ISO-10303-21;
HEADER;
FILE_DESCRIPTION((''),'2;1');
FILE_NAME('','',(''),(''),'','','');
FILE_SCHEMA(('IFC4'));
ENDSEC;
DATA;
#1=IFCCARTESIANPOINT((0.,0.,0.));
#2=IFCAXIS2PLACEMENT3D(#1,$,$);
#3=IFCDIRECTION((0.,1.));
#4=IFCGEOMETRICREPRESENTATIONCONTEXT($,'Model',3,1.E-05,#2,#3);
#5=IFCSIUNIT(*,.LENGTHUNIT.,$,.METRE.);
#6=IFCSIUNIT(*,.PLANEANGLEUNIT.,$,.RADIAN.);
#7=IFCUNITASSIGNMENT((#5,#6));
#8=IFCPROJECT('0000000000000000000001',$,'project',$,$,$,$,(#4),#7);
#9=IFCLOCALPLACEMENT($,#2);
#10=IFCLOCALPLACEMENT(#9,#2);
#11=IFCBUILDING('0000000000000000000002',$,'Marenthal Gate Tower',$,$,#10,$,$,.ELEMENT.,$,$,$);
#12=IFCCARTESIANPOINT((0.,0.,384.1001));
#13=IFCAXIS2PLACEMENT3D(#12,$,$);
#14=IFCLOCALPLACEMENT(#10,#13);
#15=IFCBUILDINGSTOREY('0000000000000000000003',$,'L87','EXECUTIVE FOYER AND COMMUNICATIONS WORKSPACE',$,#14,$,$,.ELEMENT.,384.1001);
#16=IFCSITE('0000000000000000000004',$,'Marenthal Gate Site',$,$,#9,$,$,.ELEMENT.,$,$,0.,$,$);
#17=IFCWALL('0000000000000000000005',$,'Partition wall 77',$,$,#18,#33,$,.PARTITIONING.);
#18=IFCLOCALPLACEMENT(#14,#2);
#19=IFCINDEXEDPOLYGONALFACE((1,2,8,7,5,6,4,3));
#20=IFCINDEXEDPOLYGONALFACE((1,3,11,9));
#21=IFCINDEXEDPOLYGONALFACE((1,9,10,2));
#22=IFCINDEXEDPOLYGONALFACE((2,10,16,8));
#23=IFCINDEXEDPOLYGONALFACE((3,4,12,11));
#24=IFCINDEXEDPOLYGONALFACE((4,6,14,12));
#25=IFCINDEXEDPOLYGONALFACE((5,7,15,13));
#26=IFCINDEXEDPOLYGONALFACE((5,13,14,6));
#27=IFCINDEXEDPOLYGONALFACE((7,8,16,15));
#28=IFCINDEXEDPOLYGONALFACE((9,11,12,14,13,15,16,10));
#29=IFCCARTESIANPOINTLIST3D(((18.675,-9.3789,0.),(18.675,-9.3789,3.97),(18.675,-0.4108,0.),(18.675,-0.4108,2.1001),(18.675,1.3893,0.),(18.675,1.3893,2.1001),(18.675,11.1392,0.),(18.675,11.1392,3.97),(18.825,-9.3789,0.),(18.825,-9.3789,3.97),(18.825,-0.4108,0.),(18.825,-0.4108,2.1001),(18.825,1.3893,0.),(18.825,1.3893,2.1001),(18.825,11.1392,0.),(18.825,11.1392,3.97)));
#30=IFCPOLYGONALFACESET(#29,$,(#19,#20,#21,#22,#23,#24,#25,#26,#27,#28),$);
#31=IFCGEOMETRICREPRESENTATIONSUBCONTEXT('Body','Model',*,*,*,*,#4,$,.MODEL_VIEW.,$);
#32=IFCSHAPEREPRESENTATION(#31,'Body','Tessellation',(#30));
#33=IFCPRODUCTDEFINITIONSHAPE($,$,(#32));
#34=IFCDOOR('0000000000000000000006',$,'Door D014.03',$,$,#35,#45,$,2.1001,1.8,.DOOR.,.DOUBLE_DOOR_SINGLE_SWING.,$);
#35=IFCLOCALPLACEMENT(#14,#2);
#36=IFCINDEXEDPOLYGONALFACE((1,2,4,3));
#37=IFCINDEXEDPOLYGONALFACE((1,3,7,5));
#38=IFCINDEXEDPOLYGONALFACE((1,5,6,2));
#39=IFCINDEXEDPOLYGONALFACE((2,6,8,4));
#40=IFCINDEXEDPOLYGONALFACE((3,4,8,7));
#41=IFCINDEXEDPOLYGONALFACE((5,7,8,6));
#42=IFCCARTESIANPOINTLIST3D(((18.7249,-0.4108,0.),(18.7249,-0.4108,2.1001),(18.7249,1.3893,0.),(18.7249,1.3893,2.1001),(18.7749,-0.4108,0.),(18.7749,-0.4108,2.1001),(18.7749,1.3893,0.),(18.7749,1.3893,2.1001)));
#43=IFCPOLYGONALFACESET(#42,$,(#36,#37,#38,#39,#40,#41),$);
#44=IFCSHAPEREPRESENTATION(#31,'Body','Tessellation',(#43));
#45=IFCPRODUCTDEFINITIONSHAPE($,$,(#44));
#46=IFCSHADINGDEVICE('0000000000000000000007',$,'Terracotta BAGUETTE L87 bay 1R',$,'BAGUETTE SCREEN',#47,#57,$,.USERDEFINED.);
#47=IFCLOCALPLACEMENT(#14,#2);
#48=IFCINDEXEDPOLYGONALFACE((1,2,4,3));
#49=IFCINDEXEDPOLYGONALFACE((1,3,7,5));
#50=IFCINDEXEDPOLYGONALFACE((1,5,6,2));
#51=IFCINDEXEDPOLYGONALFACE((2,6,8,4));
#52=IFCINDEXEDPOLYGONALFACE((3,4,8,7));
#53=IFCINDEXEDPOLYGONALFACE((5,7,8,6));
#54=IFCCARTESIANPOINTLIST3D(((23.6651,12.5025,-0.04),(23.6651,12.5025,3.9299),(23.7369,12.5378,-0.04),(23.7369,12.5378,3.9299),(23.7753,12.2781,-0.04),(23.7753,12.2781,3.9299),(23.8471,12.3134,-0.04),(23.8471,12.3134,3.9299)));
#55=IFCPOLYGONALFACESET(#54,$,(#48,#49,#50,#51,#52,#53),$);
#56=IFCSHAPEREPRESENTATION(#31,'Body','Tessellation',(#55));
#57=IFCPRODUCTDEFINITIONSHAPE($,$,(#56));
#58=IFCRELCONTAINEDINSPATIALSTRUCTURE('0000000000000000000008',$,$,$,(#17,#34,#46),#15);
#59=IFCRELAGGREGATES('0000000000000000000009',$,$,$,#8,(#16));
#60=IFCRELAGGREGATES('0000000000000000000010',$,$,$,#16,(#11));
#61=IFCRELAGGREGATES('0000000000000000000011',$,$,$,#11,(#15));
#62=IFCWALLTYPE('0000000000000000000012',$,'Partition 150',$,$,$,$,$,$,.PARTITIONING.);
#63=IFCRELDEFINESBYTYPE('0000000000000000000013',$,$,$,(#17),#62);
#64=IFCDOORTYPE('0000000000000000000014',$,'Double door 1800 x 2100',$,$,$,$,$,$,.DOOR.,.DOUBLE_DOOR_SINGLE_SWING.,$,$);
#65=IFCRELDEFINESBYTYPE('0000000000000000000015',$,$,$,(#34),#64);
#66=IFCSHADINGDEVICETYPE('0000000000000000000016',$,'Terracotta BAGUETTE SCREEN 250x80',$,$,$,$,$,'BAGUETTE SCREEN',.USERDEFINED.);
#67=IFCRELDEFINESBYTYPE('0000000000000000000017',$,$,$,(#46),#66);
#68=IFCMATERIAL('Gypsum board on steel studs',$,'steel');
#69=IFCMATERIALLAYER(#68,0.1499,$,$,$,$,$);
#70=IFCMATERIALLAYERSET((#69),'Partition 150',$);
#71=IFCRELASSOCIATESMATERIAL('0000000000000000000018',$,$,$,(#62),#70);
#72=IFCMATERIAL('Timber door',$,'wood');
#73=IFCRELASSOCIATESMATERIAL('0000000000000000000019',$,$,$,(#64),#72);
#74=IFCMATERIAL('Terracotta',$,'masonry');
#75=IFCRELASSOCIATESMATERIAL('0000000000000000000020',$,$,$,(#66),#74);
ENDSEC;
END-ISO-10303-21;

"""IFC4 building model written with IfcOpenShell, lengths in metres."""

from ifc_helpers import new_model, si_unit, direction, frame, frame_2d, origin, origin_2d, place, context, subcontext, project, spatial, rectangle, extrude, material, layer, layer_set, material_profile, profile_set, type_object, element, fill, save


model = new_model("IFC4")

# Units and contexts
model_context = context("Model", 3, precision=1e-05, world=origin(), true_north=direction((0.0, 1.0)))
body_context = subcontext(model_context, "Body", "Model", "MODEL_VIEW")
ifc_project = project(units=[si_unit("LENGTHUNIT", "METRE"), si_unit("PLANEANGLEUNIT", "RADIAN")], contexts=[model_context])

# Site, building, storey
site_placement = place(None, origin())
site = spatial("IfcSite", under=ifc_project, at=site_placement, Name="Marenthal Gate Site", CompositionType="ELEMENT", RefElevation=0.0)
building_placement = place(site_placement, origin())
building = spatial("IfcBuilding", under=site, at=building_placement, Name="Marenthal Gate Tower", CompositionType="ELEMENT")
storey_placement = place(building_placement, frame((0.0, 0.0, 384.1001)))
storey = spatial("IfcBuildingStorey", under=building, at=storey_placement, Name="L87", Description="EXECUTIVE FOYER AND COMMUNICATIONS WORKSPACE", CompositionType="ELEMENT", Elevation=384.1001)

# Wall, opening, door
ifc_material_1 = material(Name="Gypsum board on steel studs", Category="steel")
ifc_layer_1 = layer(ifc_material_1, 0.1499)
ifc_layer_set_1 = layer_set([ifc_layer_1], Name="Partition 150")
wall_type_1 = type_object("IfcWallType", Name="Partition 150", PredefinedType="PARTITIONING", material=ifc_layer_set_1)
wall_1_placement = place(storey_placement, frame((18.75, 11.1392, 0.0), z_axis=(0.0, 0.0, 1.0), x_axis=(0.0, -1.0, 0.0)))
wall_1 = element("IfcWall", 1, at=wall_1_placement, inside=storey, type_object=wall_type_1, Name="Partition wall 77", PredefinedType="PARTITIONING", context=body_context, shape_type="SweptSolid", body=[
    extrude(rectangle(XDim=20.5181, YDim=0.1499, at=frame_2d((10.259, 0.0))), origin(), (0.0, 0.0, 1.0), 3.97),
])
opening_1_placement = place(wall_1_placement, frame((9.75, 0.0, 0.0)))
opening_1 = element("IfcOpeningElement", 2, at=opening_1_placement, cuts=wall_1, PredefinedType="OPENING", context=body_context, shape_type="SweptSolid", body=[
    extrude(rectangle(XDim=1.8, YDim=2.1001, at=frame_2d((0.8999, 1.05))), frame((0.0, 0.085, 0.0), z_axis=(0.0, -1.0, 0.0), x_axis=(1.0, 0.0, 0.0)), (0.0, 0.0, 1.0), 0.1699),
])
ifc_material_2 = material(Name="Timber door", Category="wood")
door_type_1 = type_object("IfcDoorType", Name="Double door 1800 x 2100", OperationType="DOUBLE_DOOR_SINGLE_SWING", PredefinedType="DOOR", material=ifc_material_2)
door_1_placement = place(opening_1_placement, origin())
door_1 = element("IfcDoor", 3, at=door_1_placement, inside=storey, type_object=door_type_1, Name="Door D014.03", OperationType="DOUBLE_DOOR_SINGLE_SWING", OverallHeight=2.1001, OverallWidth=1.8, PredefinedType="DOOR", context=body_context, shape_type="SweptSolid", body=[
    extrude(rectangle(XDim=1.8, YDim=2.1001, at=frame_2d((0.8999, 1.05))), frame((0.0, 0.0249, 0.0), z_axis=(0.0, -1.0, 0.0), x_axis=(1.0, 0.0, 0.0)), (0.0, 0.0, 1.0), 0.05),
])
fill(opening_1, door_1)

# Shading device
ifc_material_3 = material(Name="Terracotta", Category="masonry")
ifc_material_profile_1 = material_profile(ifc_material_3, rectangle(XDim=0.25, YDim=0.0801, at=origin_2d()), Name="Terracotta baguette 250x80")
ifc_profile_set_1 = profile_set([ifc_material_profile_1], Name="Terracotta")
shading_device_type = type_object("IfcShadingDeviceType", Name="Terracotta BAGUETTE SCREEN 250x80", ElementType="BAGUETTE SCREEN", PredefinedType="USERDEFINED", material=ifc_profile_set_1)
shading_device_placement = place(storey_placement, frame((23.7561, 12.408, -0.04), z_axis=(0.0, 0.0, 1.0), x_axis=(-0.44081, 0.8976, 0.0)))
element("IfcShadingDevice", 4, at=shading_device_placement, inside=storey, type_object=shading_device_type, Name="Terracotta BAGUETTE L87 bay 1R", ObjectType="BAGUETTE SCREEN", PredefinedType="USERDEFINED", context=body_context, shape_type="SweptSolid", body=[
    extrude(rectangle(XDim=0.25, YDim=0.0801, at=origin_2d()), origin(), (0.0, 0.0, 1.0), 3.97),
])

save(model, "model.ifc")
